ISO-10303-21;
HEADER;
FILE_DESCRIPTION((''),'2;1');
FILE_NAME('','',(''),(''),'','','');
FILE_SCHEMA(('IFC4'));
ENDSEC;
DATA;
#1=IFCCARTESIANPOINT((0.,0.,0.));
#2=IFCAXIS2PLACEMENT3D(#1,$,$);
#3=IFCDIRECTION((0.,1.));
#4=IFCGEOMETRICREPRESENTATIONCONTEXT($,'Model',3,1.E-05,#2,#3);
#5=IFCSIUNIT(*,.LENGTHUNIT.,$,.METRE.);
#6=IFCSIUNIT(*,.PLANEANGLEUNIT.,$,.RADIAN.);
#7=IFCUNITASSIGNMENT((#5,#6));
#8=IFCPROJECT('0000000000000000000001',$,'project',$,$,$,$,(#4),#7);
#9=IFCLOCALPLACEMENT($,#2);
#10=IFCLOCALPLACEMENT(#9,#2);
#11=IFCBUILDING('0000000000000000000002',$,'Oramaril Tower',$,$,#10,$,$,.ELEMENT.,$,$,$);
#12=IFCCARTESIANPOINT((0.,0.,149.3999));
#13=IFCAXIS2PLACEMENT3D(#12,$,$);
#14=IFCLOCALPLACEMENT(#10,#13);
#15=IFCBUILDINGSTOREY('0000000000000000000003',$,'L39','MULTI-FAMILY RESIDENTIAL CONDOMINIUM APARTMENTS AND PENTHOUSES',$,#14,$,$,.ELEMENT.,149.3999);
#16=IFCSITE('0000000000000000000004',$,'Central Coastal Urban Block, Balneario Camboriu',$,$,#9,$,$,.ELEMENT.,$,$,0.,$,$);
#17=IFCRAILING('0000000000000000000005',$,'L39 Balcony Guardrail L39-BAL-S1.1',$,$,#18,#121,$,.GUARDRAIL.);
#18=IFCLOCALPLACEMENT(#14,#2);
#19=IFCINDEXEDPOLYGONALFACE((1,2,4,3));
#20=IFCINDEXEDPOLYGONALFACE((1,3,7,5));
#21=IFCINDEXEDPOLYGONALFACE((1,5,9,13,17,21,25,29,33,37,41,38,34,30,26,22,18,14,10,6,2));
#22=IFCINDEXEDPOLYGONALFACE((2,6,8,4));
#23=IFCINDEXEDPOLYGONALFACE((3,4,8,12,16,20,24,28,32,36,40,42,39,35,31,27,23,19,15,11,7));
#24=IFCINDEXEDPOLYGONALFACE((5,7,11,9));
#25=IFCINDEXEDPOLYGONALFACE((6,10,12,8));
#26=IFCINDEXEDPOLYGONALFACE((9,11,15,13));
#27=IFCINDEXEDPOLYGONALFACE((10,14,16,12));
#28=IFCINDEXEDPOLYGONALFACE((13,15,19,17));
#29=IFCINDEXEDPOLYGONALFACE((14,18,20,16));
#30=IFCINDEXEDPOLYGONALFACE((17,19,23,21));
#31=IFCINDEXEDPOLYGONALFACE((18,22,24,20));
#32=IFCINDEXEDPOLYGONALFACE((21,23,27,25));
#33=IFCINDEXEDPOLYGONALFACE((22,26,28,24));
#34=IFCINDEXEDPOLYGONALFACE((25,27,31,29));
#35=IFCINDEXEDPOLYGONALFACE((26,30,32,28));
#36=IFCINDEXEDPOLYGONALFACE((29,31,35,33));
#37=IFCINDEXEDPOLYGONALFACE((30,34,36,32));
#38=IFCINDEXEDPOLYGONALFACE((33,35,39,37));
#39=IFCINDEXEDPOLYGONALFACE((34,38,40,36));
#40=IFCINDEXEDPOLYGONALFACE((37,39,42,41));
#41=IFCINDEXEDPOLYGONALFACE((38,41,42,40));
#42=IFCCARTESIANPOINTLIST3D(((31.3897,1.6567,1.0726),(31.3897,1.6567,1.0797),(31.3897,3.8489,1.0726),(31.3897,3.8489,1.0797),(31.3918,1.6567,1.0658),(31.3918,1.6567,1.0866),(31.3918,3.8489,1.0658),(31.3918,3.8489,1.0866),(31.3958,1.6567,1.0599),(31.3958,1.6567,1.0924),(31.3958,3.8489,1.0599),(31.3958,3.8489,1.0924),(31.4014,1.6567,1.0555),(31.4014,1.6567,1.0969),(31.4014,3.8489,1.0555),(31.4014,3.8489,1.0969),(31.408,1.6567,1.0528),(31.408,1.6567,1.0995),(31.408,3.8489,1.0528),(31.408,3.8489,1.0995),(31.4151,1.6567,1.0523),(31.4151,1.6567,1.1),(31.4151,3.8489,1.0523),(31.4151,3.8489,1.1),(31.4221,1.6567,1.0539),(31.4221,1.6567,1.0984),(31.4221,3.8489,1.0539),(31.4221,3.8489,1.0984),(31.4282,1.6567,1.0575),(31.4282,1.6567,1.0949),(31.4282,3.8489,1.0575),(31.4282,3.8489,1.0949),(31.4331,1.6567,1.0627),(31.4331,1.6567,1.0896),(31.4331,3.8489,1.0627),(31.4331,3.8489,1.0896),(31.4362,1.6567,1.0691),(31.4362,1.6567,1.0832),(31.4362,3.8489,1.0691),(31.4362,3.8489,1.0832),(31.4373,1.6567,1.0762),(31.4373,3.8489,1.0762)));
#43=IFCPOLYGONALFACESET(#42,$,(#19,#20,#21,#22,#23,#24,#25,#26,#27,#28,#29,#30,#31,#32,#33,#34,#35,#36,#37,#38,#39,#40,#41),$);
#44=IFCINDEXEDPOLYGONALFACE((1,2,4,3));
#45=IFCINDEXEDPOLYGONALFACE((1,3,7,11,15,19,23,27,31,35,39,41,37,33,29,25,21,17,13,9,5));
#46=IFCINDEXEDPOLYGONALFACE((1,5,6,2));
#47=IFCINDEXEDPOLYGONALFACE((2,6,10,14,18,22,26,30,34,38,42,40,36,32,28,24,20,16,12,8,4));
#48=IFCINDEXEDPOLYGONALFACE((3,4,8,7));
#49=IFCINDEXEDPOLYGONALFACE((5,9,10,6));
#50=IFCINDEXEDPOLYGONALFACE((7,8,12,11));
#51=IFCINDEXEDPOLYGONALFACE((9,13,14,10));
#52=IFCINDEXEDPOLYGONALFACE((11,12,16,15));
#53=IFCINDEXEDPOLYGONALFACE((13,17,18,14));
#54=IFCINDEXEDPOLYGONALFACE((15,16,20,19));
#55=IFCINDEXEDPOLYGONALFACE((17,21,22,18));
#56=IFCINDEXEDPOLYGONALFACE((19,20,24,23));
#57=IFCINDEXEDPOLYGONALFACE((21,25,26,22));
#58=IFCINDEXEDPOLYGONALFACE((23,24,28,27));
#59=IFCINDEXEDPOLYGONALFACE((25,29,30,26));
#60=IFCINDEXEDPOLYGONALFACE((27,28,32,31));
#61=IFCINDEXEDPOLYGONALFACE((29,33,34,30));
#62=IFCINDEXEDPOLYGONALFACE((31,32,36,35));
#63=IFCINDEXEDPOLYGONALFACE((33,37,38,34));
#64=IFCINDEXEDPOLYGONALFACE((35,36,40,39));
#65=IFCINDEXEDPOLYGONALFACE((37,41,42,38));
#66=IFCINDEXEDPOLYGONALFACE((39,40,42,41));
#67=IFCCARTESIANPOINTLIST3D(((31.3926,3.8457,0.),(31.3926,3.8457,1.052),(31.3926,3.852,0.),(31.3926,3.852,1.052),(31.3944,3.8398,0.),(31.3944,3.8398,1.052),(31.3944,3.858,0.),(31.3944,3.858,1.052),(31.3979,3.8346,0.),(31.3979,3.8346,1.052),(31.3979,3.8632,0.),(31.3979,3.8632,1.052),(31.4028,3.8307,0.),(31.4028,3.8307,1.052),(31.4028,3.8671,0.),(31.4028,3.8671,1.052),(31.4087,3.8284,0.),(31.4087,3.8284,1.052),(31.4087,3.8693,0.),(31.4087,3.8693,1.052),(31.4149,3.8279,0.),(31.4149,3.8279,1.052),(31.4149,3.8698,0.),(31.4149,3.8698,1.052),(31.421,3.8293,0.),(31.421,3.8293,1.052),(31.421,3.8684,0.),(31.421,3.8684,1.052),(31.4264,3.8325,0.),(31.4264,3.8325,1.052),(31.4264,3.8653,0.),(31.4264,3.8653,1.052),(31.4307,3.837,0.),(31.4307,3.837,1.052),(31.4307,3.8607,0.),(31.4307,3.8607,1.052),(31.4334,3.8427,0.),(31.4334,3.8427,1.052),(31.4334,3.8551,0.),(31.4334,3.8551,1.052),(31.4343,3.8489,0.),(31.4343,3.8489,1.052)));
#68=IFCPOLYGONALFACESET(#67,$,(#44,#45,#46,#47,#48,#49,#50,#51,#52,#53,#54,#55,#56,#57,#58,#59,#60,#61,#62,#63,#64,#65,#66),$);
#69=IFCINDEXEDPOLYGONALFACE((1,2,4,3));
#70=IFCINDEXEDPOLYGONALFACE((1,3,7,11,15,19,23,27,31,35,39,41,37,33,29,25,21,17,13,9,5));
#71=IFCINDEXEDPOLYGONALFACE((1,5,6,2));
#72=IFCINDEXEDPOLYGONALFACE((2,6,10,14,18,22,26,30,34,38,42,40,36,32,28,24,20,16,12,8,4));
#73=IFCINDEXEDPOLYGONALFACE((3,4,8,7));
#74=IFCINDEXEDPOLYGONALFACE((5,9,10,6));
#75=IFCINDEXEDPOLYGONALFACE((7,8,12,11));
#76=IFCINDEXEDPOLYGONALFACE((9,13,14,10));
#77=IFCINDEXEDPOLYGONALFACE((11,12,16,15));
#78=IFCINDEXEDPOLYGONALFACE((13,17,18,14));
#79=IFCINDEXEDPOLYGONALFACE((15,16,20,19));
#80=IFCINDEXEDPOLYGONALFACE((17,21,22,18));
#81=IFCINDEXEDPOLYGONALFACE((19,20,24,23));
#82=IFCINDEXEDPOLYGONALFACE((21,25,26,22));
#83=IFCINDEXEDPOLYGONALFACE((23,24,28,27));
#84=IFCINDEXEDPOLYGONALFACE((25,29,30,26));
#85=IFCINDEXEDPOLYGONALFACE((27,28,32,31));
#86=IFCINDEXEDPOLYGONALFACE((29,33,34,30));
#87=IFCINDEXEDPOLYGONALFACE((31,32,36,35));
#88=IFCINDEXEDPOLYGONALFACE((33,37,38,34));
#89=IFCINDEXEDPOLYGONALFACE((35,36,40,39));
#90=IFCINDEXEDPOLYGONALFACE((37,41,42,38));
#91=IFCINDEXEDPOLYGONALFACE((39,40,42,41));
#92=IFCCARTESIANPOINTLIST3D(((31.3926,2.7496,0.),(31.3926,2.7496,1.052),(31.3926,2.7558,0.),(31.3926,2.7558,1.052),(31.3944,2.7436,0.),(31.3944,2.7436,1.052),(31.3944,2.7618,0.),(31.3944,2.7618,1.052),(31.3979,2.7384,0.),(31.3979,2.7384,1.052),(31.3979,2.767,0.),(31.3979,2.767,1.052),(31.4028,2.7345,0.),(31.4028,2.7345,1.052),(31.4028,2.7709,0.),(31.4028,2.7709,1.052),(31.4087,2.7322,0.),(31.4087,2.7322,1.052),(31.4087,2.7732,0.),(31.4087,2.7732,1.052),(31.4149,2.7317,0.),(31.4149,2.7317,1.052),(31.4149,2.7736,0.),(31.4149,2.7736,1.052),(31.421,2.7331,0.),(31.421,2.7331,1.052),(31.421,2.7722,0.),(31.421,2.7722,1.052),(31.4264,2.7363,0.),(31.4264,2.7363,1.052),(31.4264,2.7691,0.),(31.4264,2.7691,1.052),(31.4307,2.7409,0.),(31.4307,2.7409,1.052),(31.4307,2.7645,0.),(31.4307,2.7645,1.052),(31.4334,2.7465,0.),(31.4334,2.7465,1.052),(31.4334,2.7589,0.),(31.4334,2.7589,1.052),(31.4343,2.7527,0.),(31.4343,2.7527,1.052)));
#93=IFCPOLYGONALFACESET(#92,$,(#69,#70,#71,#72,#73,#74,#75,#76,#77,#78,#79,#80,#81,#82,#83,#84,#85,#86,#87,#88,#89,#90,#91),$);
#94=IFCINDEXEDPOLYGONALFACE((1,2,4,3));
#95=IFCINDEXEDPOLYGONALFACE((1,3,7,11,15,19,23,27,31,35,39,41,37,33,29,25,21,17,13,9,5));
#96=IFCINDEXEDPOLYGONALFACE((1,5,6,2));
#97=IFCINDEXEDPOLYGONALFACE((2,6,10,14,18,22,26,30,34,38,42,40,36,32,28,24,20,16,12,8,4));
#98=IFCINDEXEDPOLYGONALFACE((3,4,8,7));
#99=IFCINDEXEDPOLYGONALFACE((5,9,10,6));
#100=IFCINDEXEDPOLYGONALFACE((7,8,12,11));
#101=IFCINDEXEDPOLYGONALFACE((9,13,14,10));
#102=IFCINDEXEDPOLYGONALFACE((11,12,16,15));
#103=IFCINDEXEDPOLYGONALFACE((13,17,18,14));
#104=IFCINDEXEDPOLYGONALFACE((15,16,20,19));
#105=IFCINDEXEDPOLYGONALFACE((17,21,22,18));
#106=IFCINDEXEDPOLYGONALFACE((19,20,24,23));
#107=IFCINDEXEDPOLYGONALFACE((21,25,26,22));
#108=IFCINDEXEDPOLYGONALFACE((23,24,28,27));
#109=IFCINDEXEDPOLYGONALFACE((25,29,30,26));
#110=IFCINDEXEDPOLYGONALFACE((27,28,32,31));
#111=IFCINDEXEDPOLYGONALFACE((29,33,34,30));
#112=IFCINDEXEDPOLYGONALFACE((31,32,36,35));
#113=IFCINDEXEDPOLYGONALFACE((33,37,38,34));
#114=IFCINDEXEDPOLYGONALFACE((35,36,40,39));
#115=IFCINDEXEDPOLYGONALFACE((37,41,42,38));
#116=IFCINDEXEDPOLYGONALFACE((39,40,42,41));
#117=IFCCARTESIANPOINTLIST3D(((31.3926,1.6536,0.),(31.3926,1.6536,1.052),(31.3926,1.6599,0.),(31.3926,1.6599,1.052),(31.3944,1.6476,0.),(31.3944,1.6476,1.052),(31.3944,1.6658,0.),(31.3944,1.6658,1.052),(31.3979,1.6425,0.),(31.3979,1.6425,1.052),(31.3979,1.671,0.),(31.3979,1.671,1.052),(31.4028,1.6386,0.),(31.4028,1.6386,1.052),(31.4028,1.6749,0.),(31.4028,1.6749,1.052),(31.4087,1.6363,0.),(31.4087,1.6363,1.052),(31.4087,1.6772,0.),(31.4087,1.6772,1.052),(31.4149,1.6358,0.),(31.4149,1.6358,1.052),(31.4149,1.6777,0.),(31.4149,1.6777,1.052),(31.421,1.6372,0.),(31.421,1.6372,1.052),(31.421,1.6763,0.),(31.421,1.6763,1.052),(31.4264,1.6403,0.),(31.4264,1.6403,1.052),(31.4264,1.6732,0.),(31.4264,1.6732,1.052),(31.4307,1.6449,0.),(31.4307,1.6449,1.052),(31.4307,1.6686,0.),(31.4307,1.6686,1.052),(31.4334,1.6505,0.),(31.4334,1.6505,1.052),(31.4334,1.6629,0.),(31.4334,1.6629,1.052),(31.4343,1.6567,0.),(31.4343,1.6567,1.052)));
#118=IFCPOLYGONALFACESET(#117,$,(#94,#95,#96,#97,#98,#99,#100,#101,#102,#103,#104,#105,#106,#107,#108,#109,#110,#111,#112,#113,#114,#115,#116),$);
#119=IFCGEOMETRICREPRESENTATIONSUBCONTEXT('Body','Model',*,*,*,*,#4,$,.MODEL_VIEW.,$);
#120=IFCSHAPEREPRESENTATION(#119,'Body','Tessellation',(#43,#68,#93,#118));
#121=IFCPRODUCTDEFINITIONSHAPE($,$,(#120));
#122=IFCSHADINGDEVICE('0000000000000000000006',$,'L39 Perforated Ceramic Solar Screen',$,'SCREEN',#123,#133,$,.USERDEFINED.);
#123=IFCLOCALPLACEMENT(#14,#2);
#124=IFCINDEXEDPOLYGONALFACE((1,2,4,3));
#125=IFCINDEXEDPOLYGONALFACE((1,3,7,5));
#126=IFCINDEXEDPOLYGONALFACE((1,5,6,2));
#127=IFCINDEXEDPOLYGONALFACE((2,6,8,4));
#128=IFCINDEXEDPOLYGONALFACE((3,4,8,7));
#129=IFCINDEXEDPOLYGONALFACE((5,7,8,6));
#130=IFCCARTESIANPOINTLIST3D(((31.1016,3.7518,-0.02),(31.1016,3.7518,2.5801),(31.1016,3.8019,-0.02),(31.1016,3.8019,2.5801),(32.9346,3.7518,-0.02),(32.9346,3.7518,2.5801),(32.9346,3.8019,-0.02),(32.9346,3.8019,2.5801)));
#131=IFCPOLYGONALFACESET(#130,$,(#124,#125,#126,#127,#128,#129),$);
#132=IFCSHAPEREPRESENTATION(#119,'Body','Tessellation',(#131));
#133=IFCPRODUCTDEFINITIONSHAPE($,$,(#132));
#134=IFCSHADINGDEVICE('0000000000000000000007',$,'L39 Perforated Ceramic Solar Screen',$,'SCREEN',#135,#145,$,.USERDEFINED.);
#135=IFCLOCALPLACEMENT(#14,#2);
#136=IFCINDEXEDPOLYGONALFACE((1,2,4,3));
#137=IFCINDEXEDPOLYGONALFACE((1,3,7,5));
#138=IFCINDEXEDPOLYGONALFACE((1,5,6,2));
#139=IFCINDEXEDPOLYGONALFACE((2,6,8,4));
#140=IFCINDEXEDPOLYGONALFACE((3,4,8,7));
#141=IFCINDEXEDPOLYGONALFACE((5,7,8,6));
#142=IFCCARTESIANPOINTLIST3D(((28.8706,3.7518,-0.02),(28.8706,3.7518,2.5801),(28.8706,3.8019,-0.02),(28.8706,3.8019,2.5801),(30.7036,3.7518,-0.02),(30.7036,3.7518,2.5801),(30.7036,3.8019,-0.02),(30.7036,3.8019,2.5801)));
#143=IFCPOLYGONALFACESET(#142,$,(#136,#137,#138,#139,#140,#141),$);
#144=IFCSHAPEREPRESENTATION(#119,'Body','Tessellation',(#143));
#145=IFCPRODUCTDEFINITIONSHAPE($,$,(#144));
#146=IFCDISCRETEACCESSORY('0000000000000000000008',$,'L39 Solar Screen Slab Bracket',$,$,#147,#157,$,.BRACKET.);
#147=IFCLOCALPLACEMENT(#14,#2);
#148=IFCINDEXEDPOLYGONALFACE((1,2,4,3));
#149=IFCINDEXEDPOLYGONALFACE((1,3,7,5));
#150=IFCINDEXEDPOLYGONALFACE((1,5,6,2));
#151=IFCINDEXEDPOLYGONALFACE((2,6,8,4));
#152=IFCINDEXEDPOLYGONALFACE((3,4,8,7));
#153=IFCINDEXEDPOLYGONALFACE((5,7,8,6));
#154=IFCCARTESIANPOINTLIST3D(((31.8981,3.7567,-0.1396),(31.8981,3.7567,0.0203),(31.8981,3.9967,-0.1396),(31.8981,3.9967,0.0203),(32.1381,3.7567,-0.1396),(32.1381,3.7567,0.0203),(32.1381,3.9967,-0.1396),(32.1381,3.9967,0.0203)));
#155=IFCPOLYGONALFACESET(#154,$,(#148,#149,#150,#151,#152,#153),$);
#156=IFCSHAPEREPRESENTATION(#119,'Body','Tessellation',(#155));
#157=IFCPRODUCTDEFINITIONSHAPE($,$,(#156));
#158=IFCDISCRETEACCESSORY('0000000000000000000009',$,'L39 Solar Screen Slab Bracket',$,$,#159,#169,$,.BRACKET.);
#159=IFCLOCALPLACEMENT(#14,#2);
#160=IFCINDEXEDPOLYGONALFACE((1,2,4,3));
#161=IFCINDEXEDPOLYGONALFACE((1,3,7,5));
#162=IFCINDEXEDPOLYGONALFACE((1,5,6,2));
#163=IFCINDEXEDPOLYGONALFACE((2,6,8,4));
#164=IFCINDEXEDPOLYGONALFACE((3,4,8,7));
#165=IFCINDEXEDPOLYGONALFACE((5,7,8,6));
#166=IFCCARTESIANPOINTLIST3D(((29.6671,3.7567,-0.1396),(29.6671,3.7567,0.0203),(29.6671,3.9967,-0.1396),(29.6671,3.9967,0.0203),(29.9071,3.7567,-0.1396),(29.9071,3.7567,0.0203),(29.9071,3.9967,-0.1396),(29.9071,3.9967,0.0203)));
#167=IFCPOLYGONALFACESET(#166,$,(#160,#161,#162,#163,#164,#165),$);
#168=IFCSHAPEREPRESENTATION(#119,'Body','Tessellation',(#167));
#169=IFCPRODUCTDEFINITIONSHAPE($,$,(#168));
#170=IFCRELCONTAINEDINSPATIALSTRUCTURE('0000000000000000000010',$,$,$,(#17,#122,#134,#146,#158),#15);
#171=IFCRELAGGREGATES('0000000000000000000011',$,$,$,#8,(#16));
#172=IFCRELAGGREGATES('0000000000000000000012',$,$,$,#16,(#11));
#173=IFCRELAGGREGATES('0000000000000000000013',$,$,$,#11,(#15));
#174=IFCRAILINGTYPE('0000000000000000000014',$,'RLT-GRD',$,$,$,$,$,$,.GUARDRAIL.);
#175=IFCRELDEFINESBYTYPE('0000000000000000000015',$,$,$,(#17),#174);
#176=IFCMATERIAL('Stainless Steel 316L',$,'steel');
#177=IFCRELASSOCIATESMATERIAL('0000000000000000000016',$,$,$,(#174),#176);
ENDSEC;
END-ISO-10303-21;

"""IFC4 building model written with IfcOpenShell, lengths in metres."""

from ifc_helpers import new_model, si_unit, direction, frame, origin, origin_2d, place, context, subcontext, project, spatial, rectangle, circle, extrude, material, type_object, element, save


model = new_model("IFC4")

# Units and contexts
model_context = context("Model", 3, precision=1e-05, world=origin(), true_north=direction((0.0, 1.0)))
body_context = subcontext(model_context, "Body", "Model", "MODEL_VIEW")
ifc_project = project(units=[si_unit("LENGTHUNIT", "METRE"), si_unit("PLANEANGLEUNIT", "RADIAN")], contexts=[model_context])

# Site, building, storey
site_placement = place(None, origin())
site = spatial("IfcSite", under=ifc_project, at=site_placement, Name="Central Coastal Urban Block, Balneario Camboriu", CompositionType="ELEMENT", RefElevation=0.0)
building_placement = place(site_placement, origin())
building = spatial("IfcBuilding", under=site, at=building_placement, Name="Oramaril Tower", CompositionType="ELEMENT")
storey_placement = place(building_placement, frame((0.0, 0.0, 149.3999)))
storey = spatial("IfcBuildingStorey", under=building, at=storey_placement, Name="L39", Description="MULTI-FAMILY RESIDENTIAL CONDOMINIUM APARTMENTS AND PENTHOUSES", CompositionType="ELEMENT", Elevation=149.3999)

# Railing
ifc_material_1 = material(Name="Stainless Steel 316L", Category="steel")
railing_type = type_object("IfcRailingType", Name="RLT-GRD", PredefinedType="GUARDRAIL", material=ifc_material_1)
railing_1_placement = place(storey_placement, frame((31.4133, 3.8489, 0.0)))
element("IfcRailing", 1, at=railing_1_placement, inside=storey, type_object=railing_type, Name="L39 Balcony Guardrail L39-BAL-S1.1", PredefinedType="GUARDRAIL", context=body_context, shape_type="SweptSolid", body=[
    extrude(circle(Radius=0.0239, at=origin_2d()), frame((0.0, 0.0, 1.0762), z_axis=(0.0, -1.0, 0.0), x_axis=(1.0, 0.0, 0.0)), (0.0, 0.0, 1.0), 2.1921),
    extrude(circle(Radius=0.021, at=origin_2d()), origin(), (0.0, 0.0, 1.0), 1.052),
    extrude(circle(Radius=0.021, at=origin_2d()), frame((0.0, -1.0962, 0.0)), (0.0, 0.0, 1.0), 1.052),
    extrude(circle(Radius=0.021, at=origin_2d()), frame((0.0, -2.1921, 0.0)), (0.0, 0.0, 1.0), 1.052),
])

# Shading devices
for number, where, z_axis, x_axis, name in (
    (2, (32.0181, 3.7769, -0.02), (0.0, 0.0, 1.0), (1.0, 0.0, 0.0), "L39 Perforated Ceramic Solar Screen"),
    (3, (29.7871, 3.7769, -0.02), (0.0, 0.0, 1.0), (1.0, 0.0, 0.0), "L39 Perforated Ceramic Solar Screen"),
):
    element("IfcShadingDevice", number, at=place(storey_placement, frame(where, z_axis=z_axis, x_axis=x_axis)), inside=storey, Name=name, ObjectType="SCREEN", PredefinedType="USERDEFINED", context=body_context, shape_type="SweptSolid", body=[
        extrude(rectangle(XDim=1.833, YDim=0.05, at=origin_2d()), origin(), (0.0, 0.0, 1.0), 2.6001),
    ])

# Discrete accessories
for number, where, z_axis, x_axis, name in (
    (4, (32.0181, 3.8767, -0.1396), (0.0, 0.0, 1.0), (1.0, 0.0, 0.0), "L39 Solar Screen Slab Bracket"),
    (5, (29.7871, 3.8767, -0.1396), (0.0, 0.0, 1.0), (1.0, 0.0, 0.0), "L39 Solar Screen Slab Bracket"),
):
    element("IfcDiscreteAccessory", number, at=place(storey_placement, frame(where, z_axis=z_axis, x_axis=x_axis)), inside=storey, Name=name, PredefinedType="BRACKET", context=body_context, shape_type="SweptSolid", body=[
        extrude(rectangle(XDim=0.24, YDim=0.24, at=origin_2d()), origin(), (0.0, 0.0, 1.0), 0.1599),
    ])

save(model, "model.ifc")
